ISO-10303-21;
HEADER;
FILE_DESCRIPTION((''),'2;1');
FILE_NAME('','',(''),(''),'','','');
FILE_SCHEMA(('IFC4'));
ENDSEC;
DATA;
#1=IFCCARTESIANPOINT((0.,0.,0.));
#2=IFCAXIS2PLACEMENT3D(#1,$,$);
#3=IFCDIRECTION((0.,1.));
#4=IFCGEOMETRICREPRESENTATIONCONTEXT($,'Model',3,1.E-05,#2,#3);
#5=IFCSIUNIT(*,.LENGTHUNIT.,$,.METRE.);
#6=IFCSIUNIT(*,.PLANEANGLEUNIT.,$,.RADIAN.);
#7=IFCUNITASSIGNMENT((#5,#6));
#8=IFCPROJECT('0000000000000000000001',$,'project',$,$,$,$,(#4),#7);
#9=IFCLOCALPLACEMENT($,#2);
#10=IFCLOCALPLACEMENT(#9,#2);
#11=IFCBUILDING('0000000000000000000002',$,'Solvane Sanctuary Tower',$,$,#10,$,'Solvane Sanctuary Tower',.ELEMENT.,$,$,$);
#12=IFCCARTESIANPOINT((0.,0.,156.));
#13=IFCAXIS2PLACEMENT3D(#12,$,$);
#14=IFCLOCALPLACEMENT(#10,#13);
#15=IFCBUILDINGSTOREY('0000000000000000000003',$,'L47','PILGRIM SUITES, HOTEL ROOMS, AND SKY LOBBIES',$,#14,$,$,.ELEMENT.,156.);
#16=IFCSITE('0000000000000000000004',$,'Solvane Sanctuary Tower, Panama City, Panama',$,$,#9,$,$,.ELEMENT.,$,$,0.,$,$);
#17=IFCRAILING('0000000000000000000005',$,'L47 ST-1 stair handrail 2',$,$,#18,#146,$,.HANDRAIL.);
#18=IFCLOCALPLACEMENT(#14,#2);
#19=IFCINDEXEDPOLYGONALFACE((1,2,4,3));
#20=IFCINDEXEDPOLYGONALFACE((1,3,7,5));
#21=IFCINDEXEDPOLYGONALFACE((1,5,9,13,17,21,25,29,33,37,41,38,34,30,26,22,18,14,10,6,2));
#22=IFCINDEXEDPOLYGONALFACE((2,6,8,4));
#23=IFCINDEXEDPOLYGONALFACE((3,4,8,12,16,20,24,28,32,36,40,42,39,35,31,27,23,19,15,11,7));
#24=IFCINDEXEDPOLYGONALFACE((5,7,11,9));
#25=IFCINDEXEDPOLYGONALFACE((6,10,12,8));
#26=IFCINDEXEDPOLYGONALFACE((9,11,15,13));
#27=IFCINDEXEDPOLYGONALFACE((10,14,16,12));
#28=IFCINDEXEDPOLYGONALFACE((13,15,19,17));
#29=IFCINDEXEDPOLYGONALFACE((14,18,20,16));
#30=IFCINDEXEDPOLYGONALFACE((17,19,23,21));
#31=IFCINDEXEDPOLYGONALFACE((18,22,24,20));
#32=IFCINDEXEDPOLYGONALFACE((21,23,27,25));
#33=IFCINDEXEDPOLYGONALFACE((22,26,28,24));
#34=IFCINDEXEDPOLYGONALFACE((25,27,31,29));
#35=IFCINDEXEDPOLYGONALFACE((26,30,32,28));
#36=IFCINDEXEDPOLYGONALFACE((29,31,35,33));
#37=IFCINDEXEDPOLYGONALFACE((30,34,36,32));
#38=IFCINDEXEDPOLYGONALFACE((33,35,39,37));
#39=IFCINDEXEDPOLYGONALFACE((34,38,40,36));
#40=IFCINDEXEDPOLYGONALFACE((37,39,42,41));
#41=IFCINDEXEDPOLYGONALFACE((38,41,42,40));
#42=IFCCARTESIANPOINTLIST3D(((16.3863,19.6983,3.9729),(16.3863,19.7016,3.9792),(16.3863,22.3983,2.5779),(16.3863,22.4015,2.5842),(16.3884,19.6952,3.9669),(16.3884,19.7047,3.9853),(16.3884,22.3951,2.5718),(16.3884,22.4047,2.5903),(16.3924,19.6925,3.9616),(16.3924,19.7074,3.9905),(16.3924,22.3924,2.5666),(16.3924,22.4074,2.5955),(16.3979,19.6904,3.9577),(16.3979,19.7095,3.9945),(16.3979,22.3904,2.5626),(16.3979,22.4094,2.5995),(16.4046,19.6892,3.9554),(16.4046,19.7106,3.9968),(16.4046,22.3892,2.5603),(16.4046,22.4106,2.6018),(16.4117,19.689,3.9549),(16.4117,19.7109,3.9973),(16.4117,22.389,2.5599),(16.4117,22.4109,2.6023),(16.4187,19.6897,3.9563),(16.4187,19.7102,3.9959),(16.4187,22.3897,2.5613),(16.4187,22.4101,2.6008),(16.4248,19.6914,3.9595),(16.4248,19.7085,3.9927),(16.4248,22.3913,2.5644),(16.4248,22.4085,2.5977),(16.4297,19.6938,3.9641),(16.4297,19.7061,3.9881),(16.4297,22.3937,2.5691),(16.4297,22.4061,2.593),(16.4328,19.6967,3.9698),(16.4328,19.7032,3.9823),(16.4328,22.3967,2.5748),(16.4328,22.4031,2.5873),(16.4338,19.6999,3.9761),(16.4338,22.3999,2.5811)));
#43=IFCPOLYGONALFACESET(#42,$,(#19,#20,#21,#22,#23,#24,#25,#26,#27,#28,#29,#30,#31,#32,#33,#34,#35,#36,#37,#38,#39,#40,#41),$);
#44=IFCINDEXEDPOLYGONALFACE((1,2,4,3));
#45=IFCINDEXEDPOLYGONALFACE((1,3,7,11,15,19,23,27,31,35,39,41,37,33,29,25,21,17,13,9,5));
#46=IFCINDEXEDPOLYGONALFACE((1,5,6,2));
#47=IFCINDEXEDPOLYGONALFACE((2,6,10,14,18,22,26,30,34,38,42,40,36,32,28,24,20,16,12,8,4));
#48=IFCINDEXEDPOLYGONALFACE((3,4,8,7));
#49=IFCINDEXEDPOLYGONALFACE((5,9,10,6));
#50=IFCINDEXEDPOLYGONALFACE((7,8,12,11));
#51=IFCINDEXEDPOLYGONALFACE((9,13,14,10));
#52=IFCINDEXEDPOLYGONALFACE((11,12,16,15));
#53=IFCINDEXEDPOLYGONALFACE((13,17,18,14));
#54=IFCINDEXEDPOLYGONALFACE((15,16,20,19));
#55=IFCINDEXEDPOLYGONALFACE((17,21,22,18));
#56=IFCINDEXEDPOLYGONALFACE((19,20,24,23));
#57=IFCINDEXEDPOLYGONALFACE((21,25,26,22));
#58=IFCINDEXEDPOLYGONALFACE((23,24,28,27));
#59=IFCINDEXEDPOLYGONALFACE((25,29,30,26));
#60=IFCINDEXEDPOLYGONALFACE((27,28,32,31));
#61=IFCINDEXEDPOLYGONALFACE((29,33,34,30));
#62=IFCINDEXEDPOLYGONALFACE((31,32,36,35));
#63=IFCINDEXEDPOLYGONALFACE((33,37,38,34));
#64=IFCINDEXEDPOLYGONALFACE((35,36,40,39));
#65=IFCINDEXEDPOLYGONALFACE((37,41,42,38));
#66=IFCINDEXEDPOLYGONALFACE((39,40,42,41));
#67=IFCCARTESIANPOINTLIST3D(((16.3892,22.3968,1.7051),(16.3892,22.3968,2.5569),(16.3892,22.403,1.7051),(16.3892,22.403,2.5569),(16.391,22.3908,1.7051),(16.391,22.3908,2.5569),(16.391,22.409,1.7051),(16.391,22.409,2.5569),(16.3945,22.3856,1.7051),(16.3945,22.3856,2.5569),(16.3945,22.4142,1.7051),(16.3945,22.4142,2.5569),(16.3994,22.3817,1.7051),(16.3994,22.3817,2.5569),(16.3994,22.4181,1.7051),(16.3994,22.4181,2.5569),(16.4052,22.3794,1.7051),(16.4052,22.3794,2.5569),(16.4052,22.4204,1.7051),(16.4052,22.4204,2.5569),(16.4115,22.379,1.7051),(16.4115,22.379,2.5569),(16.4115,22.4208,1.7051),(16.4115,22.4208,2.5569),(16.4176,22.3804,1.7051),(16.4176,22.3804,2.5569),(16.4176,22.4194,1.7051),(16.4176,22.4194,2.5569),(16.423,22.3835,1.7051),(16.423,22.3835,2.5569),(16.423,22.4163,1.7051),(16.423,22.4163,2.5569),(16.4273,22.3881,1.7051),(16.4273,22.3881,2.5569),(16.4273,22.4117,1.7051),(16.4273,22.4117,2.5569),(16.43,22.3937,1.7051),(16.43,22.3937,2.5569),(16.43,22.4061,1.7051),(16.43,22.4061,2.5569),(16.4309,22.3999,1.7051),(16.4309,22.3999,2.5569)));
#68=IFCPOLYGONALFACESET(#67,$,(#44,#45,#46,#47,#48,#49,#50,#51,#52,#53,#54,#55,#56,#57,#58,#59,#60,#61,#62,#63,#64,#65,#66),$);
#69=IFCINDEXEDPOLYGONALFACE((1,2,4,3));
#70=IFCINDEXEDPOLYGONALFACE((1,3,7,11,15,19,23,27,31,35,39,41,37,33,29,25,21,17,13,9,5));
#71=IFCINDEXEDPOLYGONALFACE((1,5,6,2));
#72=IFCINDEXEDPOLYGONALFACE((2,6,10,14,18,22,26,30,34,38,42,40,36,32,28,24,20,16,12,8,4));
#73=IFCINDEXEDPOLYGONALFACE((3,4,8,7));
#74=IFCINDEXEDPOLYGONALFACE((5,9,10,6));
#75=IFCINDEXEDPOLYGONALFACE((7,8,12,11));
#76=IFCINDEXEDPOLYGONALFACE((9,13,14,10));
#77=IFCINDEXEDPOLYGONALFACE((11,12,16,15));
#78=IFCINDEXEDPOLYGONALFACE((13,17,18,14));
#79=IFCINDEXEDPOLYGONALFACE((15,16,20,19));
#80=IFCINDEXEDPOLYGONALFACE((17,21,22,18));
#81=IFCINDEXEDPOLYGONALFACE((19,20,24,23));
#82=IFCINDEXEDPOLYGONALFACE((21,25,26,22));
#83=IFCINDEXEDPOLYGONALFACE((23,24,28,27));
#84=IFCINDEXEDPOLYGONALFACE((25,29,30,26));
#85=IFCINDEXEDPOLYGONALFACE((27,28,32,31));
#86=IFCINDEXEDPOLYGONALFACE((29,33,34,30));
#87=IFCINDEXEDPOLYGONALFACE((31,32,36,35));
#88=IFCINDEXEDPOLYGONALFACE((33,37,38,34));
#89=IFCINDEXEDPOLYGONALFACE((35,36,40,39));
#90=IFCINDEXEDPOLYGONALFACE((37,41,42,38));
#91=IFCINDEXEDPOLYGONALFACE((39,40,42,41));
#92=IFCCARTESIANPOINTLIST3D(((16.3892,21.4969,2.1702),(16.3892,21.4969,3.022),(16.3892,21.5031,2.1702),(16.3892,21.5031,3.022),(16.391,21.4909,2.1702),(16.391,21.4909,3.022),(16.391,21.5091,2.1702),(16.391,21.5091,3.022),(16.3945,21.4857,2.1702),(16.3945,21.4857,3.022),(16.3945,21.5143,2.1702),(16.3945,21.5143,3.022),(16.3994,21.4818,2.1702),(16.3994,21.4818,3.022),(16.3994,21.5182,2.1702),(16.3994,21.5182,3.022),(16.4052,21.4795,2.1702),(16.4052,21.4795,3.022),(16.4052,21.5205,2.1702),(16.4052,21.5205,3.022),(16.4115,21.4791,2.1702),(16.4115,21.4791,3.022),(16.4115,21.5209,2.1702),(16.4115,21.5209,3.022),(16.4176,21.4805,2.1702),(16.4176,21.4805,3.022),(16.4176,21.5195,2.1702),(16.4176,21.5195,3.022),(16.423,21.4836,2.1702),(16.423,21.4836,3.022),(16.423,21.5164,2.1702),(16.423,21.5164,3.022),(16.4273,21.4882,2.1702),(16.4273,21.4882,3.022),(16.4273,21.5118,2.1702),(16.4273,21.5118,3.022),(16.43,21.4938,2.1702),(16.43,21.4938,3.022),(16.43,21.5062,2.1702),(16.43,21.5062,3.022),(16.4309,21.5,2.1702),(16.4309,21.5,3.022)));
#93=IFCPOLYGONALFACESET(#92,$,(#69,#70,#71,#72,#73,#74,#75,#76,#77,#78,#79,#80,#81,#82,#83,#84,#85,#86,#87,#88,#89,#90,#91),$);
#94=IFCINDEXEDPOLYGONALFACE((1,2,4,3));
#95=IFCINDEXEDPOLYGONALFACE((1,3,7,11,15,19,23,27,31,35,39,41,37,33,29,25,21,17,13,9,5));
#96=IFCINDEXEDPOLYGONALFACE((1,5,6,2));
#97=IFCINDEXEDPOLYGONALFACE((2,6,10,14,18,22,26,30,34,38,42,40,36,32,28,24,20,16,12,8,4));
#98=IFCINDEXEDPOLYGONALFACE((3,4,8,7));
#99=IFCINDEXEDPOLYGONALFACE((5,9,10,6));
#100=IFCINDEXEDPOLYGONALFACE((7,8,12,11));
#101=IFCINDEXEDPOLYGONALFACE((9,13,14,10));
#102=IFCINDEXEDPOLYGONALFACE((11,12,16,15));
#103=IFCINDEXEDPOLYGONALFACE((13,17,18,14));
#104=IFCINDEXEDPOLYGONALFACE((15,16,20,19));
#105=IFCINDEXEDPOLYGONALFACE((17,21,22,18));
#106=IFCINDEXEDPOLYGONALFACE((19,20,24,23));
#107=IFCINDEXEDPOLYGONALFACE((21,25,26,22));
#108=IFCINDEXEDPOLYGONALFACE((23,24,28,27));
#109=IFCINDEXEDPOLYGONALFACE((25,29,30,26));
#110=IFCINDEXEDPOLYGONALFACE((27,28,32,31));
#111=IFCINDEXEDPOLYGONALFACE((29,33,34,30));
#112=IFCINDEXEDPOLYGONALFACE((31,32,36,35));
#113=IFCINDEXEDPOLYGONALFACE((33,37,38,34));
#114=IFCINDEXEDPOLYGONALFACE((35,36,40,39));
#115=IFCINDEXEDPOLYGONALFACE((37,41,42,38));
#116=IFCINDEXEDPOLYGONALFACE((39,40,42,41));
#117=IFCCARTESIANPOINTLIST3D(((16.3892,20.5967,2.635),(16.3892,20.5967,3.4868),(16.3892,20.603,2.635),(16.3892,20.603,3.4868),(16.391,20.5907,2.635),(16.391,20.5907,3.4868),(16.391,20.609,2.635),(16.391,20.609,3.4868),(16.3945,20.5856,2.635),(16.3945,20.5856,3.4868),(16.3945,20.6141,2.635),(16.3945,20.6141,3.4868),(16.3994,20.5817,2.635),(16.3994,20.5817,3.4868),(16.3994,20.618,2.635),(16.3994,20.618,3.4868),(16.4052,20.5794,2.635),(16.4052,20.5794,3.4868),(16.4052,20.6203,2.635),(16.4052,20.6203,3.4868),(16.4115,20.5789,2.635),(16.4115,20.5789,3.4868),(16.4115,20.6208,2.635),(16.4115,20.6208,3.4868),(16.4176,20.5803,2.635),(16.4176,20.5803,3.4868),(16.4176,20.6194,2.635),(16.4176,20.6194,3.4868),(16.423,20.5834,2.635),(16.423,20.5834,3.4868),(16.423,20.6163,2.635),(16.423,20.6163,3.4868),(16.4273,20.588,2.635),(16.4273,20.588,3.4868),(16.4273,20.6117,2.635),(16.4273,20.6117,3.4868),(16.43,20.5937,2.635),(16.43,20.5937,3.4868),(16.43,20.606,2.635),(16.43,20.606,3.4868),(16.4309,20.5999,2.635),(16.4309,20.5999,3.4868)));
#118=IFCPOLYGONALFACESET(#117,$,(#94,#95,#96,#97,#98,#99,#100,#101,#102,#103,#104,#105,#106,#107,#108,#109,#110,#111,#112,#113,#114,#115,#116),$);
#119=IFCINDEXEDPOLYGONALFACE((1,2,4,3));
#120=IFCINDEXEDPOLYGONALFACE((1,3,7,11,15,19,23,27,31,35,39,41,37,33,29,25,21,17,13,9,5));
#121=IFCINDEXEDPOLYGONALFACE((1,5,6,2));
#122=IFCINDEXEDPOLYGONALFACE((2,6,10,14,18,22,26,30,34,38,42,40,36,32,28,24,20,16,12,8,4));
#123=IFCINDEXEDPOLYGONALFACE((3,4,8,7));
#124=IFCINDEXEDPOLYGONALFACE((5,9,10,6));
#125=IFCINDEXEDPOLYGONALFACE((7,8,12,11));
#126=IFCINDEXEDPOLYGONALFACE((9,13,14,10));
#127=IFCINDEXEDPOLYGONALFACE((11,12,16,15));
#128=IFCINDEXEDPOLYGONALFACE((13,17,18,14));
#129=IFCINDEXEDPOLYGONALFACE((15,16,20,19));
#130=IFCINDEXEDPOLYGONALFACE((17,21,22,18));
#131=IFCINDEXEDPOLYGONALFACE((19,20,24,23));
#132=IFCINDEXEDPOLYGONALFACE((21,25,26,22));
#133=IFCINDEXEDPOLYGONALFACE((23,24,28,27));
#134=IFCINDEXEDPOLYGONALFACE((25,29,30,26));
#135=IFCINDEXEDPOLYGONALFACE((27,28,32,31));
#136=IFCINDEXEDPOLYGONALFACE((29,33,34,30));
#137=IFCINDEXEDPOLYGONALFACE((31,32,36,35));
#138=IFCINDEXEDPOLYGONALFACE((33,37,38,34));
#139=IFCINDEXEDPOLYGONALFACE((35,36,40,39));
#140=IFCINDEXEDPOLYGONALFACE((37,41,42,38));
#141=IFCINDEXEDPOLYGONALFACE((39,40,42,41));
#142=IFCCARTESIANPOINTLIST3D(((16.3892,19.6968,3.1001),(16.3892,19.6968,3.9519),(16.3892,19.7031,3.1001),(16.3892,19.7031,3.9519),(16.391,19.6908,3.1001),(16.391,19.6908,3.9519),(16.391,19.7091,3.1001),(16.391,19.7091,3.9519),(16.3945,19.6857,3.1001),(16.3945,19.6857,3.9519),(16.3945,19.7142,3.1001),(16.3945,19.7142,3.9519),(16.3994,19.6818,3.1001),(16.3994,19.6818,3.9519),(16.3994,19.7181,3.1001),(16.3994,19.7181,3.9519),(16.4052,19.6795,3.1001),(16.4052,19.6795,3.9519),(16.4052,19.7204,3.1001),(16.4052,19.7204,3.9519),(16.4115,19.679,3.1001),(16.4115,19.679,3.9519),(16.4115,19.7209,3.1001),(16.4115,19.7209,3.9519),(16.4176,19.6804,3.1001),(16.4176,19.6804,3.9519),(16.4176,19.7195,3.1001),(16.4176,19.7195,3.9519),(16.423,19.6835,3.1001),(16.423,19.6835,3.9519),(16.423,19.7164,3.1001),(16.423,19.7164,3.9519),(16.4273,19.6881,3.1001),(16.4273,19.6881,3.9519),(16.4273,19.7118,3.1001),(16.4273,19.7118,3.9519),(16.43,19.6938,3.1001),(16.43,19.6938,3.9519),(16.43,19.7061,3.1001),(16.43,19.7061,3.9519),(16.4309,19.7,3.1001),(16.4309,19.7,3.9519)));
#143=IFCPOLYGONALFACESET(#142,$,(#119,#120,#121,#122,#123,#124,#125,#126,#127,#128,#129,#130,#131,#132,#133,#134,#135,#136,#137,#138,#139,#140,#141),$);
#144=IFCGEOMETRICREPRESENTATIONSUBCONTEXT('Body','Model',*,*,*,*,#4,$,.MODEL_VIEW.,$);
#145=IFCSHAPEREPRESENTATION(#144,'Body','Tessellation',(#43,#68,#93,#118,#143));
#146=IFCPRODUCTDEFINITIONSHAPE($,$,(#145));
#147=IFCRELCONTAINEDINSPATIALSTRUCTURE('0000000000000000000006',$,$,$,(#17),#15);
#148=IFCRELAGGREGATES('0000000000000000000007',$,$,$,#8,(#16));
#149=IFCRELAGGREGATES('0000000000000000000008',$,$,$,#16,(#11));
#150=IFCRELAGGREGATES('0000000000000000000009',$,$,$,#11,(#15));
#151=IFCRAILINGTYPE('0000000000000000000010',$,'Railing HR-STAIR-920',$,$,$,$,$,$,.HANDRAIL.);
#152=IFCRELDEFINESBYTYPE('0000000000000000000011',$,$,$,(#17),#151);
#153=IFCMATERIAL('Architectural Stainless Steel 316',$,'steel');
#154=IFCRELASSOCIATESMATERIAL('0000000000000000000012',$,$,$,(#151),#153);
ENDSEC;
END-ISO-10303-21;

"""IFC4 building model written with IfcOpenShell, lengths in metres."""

from ifc_helpers import new_model, si_unit, direction, frame, origin, origin_2d, place, context, subcontext, project, spatial, circle, extrude, material, type_object, element, save


model = new_model("IFC4")

# Units and contexts
model_context = context("Model", 3, precision=1e-05, world=origin(), true_north=direction((0.0, 1.0)))
body_context = subcontext(model_context, "Body", "Model", "MODEL_VIEW")
ifc_project = project(units=[si_unit("LENGTHUNIT", "METRE"), si_unit("PLANEANGLEUNIT", "RADIAN")], contexts=[model_context])

# Site, building, storey
site_placement = place(None, origin())
site = spatial("IfcSite", under=ifc_project, at=site_placement, Name="Solvane Sanctuary Tower, Panama City, Panama", CompositionType="ELEMENT", RefElevation=0.0)
building_placement = place(site_placement, origin())
building = spatial("IfcBuilding", under=site, at=building_placement, Name="Solvane Sanctuary Tower", LongName="Solvane Sanctuary Tower", CompositionType="ELEMENT")
storey_placement = place(building_placement, frame((0.0, 0.0, 156.0)))
storey = spatial("IfcBuildingStorey", under=building, at=storey_placement, Name="L47", Description="PILGRIM SUITES, HOTEL ROOMS, AND SKY LOBBIES", CompositionType="ELEMENT", Elevation=156.0)

# Shared definitions
ifc_material_1 = material(Name="Architectural Stainless Steel 316", Category="steel")

# Railing
railing_type_1 = type_object("IfcRailingType", Name="Railing HR-STAIR-920", PredefinedType="HANDRAIL", material=ifc_material_1)
railing_1_placement = place(storey_placement, frame((16.4099, 22.3999, 1.7051)))
element("IfcRailing", 1, at=railing_1_placement, inside=storey, type_object=railing_type_1, Name="L47 ST-1 stair handrail 2", PredefinedType="HANDRAIL", context=body_context, shape_type="SweptSolid", body=[
    extrude(circle(Radius=0.0239, at=origin_2d()), frame((0.0, 0.0, 0.876), z_axis=(0.0, -0.88842, 0.459032), x_axis=(1.0, 0.0, 0.0)), (0.0, 0.0, 1.0), 3.0391),
    extrude(circle(Radius=0.021, at=origin_2d()), origin(), (0.0, 0.0, 1.0), 0.8518),
    extrude(circle(Radius=0.021, at=origin_2d()), frame((0.0, -0.8999, 0.4651)), (0.0, 0.0, 1.0), 0.8518),
    extrude(circle(Radius=0.021, at=origin_2d()), frame((0.0, -1.8, 0.9299)), (0.0, 0.0, 1.0), 0.8518),
    extrude(circle(Radius=0.021, at=origin_2d()), frame((0.0, -2.7, 1.395)), (0.0, 0.0, 1.0), 0.8518),
])

save(model, "model.ifc")
